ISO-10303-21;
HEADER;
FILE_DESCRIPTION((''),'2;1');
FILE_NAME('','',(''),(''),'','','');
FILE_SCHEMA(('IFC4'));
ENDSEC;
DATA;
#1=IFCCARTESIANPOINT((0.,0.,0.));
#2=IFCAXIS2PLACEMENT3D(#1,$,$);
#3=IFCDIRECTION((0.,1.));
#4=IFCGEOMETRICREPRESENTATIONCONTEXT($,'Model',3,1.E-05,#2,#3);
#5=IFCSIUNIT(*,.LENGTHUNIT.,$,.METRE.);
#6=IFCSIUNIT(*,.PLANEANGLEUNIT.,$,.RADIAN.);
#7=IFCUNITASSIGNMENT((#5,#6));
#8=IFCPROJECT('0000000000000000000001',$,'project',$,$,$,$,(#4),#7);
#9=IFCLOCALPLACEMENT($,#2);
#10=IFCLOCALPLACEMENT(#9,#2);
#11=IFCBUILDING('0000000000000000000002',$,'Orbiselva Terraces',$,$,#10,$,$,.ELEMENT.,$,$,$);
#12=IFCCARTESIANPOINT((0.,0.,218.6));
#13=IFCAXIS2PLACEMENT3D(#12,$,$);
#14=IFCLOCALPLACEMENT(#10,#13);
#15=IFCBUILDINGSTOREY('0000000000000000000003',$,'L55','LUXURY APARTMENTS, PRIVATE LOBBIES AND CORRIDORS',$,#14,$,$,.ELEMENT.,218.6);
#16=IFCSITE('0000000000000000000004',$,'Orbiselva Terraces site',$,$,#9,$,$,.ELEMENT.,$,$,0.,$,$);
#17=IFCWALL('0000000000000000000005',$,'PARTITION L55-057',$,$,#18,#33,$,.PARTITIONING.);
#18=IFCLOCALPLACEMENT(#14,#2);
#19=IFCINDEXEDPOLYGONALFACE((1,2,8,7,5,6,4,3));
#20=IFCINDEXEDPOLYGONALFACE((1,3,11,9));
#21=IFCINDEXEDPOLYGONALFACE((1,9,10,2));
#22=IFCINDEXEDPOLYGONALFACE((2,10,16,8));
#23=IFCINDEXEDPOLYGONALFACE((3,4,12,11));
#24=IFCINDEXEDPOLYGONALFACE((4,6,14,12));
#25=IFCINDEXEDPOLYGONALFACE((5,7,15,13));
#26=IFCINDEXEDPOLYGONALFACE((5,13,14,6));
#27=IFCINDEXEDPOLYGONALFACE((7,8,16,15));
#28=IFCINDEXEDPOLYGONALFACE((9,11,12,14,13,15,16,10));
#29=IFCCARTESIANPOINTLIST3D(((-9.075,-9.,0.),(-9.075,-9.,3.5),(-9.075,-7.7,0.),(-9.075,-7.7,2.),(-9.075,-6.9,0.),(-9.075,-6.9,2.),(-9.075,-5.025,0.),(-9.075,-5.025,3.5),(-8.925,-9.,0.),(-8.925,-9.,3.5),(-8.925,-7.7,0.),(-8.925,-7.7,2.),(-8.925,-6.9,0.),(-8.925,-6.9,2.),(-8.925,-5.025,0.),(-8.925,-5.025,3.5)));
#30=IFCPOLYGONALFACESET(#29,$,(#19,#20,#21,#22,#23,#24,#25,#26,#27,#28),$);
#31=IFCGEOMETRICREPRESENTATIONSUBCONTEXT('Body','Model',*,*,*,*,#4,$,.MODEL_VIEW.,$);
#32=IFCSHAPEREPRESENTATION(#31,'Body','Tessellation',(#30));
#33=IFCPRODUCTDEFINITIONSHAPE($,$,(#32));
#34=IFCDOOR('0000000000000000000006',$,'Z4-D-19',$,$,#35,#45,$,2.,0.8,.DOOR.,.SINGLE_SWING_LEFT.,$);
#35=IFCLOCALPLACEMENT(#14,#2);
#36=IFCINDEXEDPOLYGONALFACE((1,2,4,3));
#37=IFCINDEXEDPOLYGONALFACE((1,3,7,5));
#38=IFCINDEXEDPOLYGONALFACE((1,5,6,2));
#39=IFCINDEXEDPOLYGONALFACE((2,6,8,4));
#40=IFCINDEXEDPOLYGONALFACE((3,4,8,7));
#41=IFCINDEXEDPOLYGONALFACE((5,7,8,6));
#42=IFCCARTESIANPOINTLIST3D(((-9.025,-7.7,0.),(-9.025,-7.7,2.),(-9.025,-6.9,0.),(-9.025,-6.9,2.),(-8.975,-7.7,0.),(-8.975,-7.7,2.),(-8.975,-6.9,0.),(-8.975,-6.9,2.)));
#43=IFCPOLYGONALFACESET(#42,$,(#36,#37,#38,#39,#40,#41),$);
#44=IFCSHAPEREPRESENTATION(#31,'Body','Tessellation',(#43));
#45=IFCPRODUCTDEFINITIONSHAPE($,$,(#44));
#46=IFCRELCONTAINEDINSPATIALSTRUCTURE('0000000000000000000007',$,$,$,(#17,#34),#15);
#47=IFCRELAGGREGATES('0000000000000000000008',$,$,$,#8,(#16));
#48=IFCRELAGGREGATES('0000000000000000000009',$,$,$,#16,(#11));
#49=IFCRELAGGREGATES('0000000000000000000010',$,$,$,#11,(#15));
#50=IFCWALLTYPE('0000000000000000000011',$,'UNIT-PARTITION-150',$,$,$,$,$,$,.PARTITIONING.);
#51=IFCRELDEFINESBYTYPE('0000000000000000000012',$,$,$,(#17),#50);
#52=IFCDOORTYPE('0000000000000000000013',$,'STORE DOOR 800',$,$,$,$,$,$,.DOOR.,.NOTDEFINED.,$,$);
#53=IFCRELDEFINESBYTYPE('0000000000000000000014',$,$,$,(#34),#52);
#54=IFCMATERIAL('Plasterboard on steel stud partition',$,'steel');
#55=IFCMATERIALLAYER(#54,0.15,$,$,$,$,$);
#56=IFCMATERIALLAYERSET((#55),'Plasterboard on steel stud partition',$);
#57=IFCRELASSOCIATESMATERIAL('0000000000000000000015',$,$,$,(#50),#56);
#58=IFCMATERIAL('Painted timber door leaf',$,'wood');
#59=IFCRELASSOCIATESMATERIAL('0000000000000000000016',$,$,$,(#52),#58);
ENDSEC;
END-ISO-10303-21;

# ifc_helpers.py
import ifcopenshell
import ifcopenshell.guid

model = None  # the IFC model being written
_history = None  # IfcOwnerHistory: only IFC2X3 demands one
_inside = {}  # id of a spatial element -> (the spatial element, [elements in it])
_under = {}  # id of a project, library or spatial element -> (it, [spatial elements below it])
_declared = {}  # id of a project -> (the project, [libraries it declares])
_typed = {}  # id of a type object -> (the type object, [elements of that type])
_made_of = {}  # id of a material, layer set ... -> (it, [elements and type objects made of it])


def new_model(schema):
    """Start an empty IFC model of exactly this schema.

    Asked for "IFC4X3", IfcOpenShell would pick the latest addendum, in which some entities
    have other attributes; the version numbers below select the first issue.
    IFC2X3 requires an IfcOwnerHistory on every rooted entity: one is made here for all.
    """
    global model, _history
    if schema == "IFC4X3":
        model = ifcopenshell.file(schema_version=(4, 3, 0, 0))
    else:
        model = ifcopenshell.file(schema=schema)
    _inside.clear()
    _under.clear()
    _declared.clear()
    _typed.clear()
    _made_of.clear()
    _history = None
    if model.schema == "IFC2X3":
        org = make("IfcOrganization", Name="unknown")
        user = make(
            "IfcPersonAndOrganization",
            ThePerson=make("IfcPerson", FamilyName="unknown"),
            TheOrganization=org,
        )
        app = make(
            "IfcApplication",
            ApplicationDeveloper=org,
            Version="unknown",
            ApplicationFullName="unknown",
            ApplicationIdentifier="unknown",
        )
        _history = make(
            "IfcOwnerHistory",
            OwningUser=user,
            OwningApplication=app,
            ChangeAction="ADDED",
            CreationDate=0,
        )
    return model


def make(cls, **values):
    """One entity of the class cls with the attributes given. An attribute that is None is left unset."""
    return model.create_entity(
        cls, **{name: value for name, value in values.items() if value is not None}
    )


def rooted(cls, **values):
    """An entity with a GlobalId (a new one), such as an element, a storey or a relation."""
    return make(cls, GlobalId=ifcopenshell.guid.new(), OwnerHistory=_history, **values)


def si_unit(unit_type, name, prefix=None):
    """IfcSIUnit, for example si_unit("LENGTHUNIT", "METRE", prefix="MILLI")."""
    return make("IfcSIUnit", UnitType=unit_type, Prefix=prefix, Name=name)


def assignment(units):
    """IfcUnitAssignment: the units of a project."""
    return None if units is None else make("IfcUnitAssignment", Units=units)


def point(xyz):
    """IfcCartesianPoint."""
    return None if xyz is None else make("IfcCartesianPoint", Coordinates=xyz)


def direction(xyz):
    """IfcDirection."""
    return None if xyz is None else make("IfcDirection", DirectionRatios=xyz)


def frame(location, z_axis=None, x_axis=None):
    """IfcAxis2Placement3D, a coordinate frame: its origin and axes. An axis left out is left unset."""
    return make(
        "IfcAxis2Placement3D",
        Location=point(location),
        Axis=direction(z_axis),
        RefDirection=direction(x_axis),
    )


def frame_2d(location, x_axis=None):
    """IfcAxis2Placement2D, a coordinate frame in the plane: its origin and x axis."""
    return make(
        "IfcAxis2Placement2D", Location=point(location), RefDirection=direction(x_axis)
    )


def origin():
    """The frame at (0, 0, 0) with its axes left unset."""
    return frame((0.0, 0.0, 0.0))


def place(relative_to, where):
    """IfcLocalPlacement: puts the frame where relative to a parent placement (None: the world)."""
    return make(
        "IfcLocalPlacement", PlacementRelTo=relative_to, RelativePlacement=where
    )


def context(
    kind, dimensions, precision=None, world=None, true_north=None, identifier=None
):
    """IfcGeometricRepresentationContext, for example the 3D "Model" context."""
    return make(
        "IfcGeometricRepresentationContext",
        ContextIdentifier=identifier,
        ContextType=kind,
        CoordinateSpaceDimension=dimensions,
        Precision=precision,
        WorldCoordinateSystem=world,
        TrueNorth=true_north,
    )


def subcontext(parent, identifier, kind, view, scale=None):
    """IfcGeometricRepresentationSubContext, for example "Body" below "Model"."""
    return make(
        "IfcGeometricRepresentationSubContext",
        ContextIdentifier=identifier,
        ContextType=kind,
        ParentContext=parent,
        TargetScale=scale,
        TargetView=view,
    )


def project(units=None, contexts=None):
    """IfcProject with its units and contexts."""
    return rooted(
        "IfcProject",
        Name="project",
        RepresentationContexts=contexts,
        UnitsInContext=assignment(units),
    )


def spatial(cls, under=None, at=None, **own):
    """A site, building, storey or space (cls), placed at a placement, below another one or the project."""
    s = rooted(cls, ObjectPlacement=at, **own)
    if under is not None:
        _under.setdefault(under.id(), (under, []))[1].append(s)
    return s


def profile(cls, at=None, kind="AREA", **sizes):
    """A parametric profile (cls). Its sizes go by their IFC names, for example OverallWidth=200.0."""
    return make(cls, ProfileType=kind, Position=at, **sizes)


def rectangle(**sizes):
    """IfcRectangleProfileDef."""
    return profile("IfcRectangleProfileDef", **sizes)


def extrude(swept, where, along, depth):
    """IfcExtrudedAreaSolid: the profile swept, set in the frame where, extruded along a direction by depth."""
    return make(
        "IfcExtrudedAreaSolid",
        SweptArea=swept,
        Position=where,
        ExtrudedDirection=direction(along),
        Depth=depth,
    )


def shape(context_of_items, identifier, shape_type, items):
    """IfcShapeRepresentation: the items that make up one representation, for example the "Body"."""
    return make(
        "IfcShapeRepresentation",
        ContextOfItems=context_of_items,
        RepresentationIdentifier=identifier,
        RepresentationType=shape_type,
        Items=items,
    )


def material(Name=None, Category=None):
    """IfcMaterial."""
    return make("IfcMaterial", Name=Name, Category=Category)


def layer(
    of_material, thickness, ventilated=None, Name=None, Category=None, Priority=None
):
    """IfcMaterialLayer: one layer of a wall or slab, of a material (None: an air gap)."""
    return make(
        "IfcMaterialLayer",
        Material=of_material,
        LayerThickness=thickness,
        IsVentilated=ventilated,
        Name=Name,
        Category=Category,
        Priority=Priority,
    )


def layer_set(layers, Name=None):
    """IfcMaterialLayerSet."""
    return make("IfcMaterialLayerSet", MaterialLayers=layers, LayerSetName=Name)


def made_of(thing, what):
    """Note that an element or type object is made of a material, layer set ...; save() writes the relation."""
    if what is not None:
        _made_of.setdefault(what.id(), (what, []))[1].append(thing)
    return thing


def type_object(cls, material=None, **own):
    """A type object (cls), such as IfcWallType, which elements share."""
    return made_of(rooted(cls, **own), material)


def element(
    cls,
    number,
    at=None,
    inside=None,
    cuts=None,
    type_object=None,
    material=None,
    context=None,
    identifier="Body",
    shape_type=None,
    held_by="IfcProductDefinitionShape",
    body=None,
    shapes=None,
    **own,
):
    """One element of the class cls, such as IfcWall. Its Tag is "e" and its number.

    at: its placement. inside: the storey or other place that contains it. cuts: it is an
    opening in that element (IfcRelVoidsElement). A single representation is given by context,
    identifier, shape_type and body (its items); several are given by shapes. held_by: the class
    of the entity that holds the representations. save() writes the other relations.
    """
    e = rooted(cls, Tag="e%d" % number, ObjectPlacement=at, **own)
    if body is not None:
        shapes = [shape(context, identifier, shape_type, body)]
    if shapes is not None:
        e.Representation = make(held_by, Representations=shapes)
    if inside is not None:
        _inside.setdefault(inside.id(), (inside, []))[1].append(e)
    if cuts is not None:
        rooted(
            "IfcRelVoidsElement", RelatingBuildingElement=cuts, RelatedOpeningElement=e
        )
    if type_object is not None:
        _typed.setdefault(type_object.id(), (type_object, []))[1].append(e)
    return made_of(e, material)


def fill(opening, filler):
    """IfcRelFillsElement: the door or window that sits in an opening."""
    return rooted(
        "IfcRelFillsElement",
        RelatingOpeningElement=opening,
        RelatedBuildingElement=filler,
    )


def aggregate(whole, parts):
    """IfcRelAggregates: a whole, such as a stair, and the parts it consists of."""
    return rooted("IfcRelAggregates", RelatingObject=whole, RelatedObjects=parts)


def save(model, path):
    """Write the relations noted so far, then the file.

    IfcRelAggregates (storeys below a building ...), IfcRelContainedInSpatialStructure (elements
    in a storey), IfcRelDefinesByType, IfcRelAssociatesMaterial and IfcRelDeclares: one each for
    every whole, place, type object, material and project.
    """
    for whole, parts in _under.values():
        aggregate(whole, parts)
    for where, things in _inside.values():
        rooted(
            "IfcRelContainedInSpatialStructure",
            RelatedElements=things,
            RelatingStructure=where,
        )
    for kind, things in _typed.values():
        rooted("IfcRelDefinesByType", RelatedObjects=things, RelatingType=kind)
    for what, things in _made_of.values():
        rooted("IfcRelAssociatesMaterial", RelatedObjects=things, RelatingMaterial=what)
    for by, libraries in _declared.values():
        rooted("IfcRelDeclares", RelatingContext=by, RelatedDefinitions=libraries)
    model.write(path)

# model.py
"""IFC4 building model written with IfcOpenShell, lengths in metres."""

from ifc_helpers import new_model, si_unit, direction, frame, frame_2d, origin, place, context, subcontext, project, spatial, rectangle, extrude, material, layer, layer_set, type_object, element, fill, save


model = new_model("IFC4")

# Units and contexts
model_context = context("Model", 3, precision=1e-05, world=origin(), true_north=direction((0.0, 1.0)))
body_context = subcontext(model_context, "Body", "Model", "MODEL_VIEW")
ifc_project = project(units=[si_unit("LENGTHUNIT", "METRE"), si_unit("PLANEANGLEUNIT", "RADIAN")], contexts=[model_context])

# Site, building, storey
site_placement = place(None, origin())
site = spatial("IfcSite", under=ifc_project, at=site_placement, Name="Orbiselva Terraces site", CompositionType="ELEMENT", RefElevation=0.0)
building_placement = place(site_placement, origin())
building = spatial("IfcBuilding", under=site, at=building_placement, Name="Orbiselva Terraces", CompositionType="ELEMENT")
storey_placement = place(building_placement, frame((0.0, 0.0, 218.6)))
storey = spatial("IfcBuildingStorey", under=building, at=storey_placement, Name="L55", Description="LUXURY APARTMENTS, PRIVATE LOBBIES AND CORRIDORS", CompositionType="ELEMENT", Elevation=218.6)

# Shared definitions
ifc_material_1 = material(Name="Plasterboard on steel stud partition", Category="steel")
ifc_material_2 = material(Name="Painted timber door leaf", Category="wood")

# Shared definitions
ifc_layer_1 = layer(ifc_material_1, 0.15)
ifc_layer_set_1 = layer_set([ifc_layer_1], Name="Plasterboard on steel stud partition")
wall_type_1 = type_object("IfcWallType", Name="UNIT-PARTITION-150", PredefinedType="PARTITIONING", material=ifc_layer_set_1)

# Shared definitions
door_type_1 = type_object("IfcDoorType", Name="STORE DOOR 800", OperationType="NOTDEFINED", PredefinedType="DOOR", material=ifc_material_2)

# Wall, opening, door
wall_1_placement = place(storey_placement, frame((-9.0, -9.0, 0.0), z_axis=(0.0, 0.0, 1.0), x_axis=(0.0, 1.0, 0.0)))
wall_1 = element("IfcWall", 1, at=wall_1_placement, inside=storey, type_object=wall_type_1, Name="PARTITION L55-057", PredefinedType="PARTITIONING", context=body_context, shape_type="SweptSolid", body=[
    extrude(rectangle(XDim=3.975, YDim=0.15, at=frame_2d((1.9875, 0.0))), origin(), (0.0, 0.0, 1.0), 3.5),
])
opening_1_placement = place(wall_1_placement, frame((1.3, 0.0, 0.0)))
opening_1 = element("IfcOpeningElement", 2, at=opening_1_placement, cuts=wall_1, PredefinedType="OPENING", context=body_context, shape_type="SweptSolid", body=[
    extrude(rectangle(XDim=0.8, YDim=2.0, at=frame_2d((0.4, 1.0))), frame((0.0, 0.085, 0.0), z_axis=(0.0, -1.0, 0.0), x_axis=(1.0, 0.0, 0.0)), (0.0, 0.0, 1.0), 0.17),
])
door_1_placement = place(opening_1_placement, origin())
door_1 = element("IfcDoor", 3, at=door_1_placement, inside=storey, type_object=door_type_1, Name="Z4-D-19", OperationType="SINGLE_SWING_LEFT", OverallHeight=2.0, OverallWidth=0.8, PredefinedType="DOOR", context=body_context, shape_type="SweptSolid", body=[
    extrude(rectangle(XDim=0.8, YDim=2.0, at=frame_2d((0.4, 1.0))), frame((0.0, 0.025, 0.0), z_axis=(0.0, -1.0, 0.0), x_axis=(1.0, 0.0, 0.0)), (0.0, 0.0, 1.0), 0.05),
])
fill(opening_1, door_1)

save(model, "model.ifc")
